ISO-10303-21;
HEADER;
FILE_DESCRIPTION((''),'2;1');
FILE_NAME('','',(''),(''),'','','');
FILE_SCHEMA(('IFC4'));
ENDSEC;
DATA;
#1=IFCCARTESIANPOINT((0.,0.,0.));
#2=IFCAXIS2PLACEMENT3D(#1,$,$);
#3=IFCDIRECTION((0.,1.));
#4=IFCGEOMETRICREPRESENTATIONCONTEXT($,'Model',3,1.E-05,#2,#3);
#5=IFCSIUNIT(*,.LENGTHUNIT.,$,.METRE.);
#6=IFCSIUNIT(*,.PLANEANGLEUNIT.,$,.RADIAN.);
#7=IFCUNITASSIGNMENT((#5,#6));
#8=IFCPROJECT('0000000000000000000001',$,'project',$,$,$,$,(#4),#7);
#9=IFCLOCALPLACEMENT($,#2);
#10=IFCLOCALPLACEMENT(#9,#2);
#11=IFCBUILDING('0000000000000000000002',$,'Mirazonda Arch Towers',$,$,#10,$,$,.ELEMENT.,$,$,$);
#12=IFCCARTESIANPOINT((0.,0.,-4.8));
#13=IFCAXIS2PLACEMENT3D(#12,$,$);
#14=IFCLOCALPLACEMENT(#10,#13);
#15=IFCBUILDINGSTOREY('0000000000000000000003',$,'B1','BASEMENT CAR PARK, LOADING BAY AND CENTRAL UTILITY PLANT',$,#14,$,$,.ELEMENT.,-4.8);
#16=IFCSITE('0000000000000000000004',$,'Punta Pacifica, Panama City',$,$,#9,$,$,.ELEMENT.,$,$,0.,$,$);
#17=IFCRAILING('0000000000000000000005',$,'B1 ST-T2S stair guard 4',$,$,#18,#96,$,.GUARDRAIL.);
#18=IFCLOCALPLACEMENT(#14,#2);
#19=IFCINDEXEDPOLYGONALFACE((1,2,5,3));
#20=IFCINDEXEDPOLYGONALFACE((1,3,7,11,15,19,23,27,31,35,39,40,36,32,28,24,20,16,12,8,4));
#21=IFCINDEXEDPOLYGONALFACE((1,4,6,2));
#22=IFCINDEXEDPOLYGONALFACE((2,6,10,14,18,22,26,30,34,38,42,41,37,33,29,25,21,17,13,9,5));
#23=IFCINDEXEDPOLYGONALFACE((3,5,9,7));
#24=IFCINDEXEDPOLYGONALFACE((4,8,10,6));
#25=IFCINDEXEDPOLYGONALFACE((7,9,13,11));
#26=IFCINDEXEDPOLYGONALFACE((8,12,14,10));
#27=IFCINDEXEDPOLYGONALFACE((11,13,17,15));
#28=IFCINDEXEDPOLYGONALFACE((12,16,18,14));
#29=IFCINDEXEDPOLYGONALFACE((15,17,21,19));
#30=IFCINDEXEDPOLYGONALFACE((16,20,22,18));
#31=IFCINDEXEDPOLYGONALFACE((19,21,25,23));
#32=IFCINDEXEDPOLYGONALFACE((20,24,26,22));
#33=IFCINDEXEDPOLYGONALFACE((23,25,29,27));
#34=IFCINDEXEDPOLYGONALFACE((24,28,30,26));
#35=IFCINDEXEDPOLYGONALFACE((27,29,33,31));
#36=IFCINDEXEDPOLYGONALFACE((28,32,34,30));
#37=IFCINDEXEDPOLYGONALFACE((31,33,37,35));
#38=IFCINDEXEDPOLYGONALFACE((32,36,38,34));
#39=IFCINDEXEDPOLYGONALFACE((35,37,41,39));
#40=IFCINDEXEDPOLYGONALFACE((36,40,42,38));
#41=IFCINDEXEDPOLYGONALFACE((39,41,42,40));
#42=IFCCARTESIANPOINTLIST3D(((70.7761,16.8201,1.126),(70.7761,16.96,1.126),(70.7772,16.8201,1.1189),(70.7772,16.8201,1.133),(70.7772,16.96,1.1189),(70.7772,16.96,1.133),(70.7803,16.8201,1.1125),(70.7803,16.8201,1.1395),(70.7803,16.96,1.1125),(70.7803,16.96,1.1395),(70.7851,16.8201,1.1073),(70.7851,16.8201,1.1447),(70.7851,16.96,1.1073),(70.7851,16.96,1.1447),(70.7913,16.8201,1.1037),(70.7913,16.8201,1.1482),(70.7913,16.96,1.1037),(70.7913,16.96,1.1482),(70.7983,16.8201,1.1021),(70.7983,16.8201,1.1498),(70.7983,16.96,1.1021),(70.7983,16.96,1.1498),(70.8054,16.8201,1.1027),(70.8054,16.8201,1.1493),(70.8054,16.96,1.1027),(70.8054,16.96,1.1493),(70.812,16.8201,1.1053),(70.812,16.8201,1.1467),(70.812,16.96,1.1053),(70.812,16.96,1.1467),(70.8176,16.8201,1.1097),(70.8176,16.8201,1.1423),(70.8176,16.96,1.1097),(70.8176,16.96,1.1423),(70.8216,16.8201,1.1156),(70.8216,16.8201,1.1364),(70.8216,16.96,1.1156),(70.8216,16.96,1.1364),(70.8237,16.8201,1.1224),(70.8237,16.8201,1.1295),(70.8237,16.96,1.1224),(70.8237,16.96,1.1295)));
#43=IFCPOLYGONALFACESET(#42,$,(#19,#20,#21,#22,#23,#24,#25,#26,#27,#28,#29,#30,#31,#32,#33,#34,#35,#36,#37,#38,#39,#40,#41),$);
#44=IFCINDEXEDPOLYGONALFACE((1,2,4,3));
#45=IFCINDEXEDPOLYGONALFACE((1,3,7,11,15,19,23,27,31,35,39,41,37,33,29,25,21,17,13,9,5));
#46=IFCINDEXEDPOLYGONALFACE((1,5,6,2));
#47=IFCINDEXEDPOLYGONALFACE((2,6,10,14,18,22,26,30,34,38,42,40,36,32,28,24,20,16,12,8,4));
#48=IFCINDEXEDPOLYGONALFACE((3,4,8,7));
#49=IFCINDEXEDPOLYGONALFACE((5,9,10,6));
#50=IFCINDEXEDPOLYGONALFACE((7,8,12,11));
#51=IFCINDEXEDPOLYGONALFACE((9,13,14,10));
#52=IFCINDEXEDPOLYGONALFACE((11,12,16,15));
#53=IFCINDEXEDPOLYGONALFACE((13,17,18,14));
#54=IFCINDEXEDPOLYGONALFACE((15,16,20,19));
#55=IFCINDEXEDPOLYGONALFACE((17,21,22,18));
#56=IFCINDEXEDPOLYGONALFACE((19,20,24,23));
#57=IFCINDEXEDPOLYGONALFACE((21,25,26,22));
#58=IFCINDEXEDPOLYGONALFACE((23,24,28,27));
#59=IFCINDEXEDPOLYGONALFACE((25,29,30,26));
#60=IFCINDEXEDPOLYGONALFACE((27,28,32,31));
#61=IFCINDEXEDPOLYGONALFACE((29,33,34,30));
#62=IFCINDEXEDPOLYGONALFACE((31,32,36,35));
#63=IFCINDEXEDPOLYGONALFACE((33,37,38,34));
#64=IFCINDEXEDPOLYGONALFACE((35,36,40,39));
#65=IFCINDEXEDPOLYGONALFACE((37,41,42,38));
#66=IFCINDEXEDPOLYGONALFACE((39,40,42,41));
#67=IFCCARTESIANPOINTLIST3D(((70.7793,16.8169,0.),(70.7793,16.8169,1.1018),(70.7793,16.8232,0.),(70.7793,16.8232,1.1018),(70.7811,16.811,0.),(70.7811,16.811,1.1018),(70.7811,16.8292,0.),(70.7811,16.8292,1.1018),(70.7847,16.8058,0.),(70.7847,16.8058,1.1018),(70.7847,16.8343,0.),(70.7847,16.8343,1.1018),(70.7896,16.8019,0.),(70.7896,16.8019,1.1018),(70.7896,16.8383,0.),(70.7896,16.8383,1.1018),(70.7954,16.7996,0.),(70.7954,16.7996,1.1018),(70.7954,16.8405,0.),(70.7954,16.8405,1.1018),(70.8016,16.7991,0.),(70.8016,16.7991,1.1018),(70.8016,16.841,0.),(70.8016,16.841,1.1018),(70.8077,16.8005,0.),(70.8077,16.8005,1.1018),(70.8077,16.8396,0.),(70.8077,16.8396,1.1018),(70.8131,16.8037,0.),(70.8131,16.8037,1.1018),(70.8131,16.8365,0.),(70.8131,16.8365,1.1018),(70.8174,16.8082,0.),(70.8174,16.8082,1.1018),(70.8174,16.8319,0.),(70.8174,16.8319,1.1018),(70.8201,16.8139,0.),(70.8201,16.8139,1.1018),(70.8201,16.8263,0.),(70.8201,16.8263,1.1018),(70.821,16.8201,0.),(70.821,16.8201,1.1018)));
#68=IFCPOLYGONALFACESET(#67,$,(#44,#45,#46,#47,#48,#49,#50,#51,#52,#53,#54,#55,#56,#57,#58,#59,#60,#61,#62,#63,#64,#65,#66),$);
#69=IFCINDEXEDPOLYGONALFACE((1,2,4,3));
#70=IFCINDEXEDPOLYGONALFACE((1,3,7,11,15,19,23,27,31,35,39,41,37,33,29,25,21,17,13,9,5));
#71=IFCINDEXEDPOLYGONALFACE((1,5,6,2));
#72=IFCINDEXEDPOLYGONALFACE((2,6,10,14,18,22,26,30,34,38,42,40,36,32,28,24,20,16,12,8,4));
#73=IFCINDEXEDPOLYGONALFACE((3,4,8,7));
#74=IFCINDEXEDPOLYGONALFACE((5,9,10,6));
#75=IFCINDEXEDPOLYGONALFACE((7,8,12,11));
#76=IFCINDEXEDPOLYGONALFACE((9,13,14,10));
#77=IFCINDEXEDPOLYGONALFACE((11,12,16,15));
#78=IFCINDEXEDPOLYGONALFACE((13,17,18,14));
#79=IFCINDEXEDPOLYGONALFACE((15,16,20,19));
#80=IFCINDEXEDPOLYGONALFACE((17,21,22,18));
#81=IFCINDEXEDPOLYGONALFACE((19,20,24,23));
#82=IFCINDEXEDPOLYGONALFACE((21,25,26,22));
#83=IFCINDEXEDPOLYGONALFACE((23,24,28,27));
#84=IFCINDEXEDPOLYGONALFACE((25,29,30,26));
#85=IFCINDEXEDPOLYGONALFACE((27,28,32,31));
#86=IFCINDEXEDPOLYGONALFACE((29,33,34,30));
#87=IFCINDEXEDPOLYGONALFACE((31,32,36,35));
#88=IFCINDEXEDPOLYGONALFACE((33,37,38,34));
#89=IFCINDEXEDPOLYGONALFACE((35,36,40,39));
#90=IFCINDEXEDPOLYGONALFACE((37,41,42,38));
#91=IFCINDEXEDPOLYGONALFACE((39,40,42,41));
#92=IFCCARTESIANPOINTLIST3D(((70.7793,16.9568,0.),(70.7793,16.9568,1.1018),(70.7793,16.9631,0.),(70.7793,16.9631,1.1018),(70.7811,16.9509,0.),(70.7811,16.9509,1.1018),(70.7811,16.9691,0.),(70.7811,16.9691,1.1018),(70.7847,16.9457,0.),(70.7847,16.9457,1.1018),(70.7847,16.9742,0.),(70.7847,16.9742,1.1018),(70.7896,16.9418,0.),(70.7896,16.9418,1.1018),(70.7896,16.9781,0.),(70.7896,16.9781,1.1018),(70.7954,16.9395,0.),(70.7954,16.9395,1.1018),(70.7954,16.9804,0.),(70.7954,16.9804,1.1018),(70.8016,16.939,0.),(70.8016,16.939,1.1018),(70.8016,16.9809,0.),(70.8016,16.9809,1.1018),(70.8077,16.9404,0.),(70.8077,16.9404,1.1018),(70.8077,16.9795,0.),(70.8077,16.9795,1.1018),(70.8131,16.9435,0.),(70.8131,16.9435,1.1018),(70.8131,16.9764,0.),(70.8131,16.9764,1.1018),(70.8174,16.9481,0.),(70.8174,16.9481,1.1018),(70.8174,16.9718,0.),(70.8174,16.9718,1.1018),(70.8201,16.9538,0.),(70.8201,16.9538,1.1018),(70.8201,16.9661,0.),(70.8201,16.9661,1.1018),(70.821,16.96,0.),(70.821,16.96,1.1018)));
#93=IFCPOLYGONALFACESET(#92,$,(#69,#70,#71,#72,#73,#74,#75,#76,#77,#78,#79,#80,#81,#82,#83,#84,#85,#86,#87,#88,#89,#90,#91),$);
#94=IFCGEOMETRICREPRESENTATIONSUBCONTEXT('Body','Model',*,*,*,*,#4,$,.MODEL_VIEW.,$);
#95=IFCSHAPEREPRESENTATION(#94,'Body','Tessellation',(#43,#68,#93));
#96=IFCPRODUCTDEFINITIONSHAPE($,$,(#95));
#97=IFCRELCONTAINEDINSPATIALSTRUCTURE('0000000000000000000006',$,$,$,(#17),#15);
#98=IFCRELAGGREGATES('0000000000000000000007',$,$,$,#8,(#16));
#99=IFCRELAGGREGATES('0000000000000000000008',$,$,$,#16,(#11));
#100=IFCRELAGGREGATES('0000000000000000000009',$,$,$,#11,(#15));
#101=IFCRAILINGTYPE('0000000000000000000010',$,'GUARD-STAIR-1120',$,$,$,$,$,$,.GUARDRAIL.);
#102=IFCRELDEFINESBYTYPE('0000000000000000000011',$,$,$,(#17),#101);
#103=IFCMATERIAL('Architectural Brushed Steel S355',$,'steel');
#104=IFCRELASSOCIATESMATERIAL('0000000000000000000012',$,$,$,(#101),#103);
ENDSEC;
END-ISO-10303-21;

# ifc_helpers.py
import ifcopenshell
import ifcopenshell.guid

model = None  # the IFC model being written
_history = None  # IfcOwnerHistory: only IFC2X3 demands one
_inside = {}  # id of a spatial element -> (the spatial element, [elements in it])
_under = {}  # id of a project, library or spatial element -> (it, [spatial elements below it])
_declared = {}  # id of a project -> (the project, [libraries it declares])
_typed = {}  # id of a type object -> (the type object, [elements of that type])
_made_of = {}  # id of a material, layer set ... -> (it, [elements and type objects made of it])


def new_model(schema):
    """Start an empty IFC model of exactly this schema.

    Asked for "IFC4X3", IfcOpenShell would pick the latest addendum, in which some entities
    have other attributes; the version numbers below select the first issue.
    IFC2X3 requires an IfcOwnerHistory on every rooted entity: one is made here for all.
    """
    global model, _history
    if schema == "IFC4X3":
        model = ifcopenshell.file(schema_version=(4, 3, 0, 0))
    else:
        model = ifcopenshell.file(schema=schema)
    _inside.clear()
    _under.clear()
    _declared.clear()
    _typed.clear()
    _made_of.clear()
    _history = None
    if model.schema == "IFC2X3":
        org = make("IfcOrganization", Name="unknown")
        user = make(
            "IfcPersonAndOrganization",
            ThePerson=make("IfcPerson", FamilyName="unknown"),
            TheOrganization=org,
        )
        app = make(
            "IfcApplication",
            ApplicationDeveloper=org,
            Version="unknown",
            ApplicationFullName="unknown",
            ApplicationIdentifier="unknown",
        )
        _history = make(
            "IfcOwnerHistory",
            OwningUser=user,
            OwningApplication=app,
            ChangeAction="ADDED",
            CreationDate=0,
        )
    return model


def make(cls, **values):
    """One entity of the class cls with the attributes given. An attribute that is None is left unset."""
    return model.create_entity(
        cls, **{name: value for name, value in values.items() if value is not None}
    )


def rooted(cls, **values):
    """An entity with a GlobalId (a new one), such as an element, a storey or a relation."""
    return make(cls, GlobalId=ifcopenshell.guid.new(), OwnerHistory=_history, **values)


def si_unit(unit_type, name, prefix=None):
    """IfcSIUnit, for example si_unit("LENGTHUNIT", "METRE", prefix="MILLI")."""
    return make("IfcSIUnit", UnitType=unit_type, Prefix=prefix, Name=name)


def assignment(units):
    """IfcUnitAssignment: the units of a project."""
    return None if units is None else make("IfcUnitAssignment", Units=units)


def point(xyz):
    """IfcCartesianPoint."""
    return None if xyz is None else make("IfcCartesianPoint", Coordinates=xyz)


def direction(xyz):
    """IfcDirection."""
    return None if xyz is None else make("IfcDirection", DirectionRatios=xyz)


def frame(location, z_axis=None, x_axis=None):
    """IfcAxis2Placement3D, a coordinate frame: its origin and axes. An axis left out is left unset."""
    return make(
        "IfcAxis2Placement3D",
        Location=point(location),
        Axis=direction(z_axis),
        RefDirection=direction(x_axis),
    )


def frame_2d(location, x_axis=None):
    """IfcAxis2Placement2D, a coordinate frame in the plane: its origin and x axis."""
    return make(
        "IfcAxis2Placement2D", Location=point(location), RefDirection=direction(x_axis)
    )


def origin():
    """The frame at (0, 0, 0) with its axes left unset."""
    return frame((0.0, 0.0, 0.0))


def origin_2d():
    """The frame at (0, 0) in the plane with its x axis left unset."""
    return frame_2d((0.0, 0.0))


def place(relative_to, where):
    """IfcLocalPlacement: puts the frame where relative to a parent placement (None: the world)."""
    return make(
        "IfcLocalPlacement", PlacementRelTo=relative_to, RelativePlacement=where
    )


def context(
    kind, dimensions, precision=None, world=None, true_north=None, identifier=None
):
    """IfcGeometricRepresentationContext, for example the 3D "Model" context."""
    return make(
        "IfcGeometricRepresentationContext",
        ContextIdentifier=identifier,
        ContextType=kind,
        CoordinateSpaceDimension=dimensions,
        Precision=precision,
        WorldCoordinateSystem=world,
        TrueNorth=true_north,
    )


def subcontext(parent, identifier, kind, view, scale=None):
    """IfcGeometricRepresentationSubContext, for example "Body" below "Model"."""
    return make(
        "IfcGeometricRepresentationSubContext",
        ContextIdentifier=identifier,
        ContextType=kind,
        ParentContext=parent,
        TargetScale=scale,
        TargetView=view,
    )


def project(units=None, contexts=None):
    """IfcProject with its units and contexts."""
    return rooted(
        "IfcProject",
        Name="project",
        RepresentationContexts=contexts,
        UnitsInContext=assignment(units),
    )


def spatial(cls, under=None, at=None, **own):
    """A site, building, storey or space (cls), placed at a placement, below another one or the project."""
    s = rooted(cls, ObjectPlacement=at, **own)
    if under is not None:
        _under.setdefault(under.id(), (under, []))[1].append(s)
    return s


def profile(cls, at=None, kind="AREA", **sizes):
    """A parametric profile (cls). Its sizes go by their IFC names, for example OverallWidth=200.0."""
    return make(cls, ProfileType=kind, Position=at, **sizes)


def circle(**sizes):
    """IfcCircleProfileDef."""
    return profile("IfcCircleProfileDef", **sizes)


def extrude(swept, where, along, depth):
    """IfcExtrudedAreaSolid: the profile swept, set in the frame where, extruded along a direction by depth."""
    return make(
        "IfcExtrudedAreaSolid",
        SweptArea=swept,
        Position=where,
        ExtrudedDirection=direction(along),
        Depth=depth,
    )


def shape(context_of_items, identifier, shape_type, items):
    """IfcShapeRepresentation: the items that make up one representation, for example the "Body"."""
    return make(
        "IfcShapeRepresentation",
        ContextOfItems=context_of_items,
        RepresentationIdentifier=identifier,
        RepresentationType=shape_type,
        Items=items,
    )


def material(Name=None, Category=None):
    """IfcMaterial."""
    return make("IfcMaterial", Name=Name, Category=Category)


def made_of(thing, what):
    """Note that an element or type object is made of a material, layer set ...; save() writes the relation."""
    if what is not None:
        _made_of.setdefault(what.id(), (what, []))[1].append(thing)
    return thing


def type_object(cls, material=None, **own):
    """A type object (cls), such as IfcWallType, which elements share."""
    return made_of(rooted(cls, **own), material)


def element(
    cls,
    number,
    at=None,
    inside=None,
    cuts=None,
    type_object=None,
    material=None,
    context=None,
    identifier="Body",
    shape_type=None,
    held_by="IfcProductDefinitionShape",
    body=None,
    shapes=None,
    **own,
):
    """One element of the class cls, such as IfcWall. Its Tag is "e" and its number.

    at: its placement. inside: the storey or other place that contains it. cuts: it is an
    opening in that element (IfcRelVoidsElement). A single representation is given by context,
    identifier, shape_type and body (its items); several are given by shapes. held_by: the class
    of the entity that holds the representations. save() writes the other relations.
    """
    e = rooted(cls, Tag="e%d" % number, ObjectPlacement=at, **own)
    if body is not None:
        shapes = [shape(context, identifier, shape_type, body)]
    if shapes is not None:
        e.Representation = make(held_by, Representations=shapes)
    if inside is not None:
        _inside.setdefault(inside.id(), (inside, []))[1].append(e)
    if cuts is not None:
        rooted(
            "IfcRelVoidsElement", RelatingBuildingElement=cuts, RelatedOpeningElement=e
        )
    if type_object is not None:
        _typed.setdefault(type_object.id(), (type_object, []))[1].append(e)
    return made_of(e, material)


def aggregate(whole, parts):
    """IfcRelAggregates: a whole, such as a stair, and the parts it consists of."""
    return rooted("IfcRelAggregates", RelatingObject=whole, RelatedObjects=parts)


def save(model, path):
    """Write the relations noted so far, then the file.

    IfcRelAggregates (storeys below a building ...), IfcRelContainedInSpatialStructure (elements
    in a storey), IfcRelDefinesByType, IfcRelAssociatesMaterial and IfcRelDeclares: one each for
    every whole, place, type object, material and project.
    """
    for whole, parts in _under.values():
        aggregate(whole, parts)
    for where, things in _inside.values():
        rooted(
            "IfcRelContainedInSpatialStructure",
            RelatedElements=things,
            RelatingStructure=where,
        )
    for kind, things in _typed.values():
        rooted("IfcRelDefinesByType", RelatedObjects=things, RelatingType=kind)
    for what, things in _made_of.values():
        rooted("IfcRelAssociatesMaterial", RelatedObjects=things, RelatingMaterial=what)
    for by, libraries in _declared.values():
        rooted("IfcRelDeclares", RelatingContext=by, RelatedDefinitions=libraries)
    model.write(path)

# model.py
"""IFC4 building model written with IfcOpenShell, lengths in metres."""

from ifc_helpers import new_model, si_unit, direction, frame, origin, origin_2d, place, context, subcontext, project, spatial, circle, extrude, material, type_object, element, save


model = new_model("IFC4")

# Units and contexts
model_context = context("Model", 3, precision=1e-05, world=origin(), true_north=direction((0.0, 1.0)))
body_context = subcontext(model_context, "Body", "Model", "MODEL_VIEW")
ifc_project = project(units=[si_unit("LENGTHUNIT", "METRE"), si_unit("PLANEANGLEUNIT", "RADIAN")], contexts=[model_context])

# Site, building, storey
site_placement = place(None, origin())
site = spatial("IfcSite", under=ifc_project, at=site_placement, Name="Punta Pacifica, Panama City", CompositionType="ELEMENT", RefElevation=0.0)
building_placement = place(site_placement, origin())
building = spatial("IfcBuilding", under=site, at=building_placement, Name="Mirazonda Arch Towers", CompositionType="ELEMENT")
storey_placement = place(building_placement, frame((0.0, 0.0, -4.8)))
storey = spatial("IfcBuildingStorey", under=building, at=storey_placement, Name="B1", Description="BASEMENT CAR PARK, LOADING BAY AND CENTRAL UTILITY PLANT", CompositionType="ELEMENT", Elevation=-4.8)

# Railing
ifc_material_1 = material(Name="Architectural Brushed Steel S355", Category="steel")
railing_type_1 = type_object("IfcRailingType", Name="GUARD-STAIR-1120", PredefinedType="GUARDRAIL", material=ifc_material_1)
railing_1_placement = place(storey_placement, frame((70.8, 16.8201, 0.0)))
element("IfcRailing", 1, at=railing_1_placement, inside=storey, type_object=railing_type_1, Name="B1 ST-T2S stair guard 4", PredefinedType="GUARDRAIL", context=body_context, shape_type="SweptSolid", body=[
    extrude(circle(Radius=0.0239, at=origin_2d()), frame((0.0, 0.0, 1.126), z_axis=(0.0, 1.0, 0.0), x_axis=(-1.0, 0.0, 0.0)), (0.0, 0.0, 1.0), 0.1399),
    extrude(circle(Radius=0.021, at=origin_2d()), origin(), (0.0, 0.0, 1.0), 1.1018),
    extrude(circle(Radius=0.021, at=origin_2d()), frame((0.0, 0.1399, 0.0)), (0.0, 0.0, 1.0), 1.1018),
])

save(model, "model.ifc")
